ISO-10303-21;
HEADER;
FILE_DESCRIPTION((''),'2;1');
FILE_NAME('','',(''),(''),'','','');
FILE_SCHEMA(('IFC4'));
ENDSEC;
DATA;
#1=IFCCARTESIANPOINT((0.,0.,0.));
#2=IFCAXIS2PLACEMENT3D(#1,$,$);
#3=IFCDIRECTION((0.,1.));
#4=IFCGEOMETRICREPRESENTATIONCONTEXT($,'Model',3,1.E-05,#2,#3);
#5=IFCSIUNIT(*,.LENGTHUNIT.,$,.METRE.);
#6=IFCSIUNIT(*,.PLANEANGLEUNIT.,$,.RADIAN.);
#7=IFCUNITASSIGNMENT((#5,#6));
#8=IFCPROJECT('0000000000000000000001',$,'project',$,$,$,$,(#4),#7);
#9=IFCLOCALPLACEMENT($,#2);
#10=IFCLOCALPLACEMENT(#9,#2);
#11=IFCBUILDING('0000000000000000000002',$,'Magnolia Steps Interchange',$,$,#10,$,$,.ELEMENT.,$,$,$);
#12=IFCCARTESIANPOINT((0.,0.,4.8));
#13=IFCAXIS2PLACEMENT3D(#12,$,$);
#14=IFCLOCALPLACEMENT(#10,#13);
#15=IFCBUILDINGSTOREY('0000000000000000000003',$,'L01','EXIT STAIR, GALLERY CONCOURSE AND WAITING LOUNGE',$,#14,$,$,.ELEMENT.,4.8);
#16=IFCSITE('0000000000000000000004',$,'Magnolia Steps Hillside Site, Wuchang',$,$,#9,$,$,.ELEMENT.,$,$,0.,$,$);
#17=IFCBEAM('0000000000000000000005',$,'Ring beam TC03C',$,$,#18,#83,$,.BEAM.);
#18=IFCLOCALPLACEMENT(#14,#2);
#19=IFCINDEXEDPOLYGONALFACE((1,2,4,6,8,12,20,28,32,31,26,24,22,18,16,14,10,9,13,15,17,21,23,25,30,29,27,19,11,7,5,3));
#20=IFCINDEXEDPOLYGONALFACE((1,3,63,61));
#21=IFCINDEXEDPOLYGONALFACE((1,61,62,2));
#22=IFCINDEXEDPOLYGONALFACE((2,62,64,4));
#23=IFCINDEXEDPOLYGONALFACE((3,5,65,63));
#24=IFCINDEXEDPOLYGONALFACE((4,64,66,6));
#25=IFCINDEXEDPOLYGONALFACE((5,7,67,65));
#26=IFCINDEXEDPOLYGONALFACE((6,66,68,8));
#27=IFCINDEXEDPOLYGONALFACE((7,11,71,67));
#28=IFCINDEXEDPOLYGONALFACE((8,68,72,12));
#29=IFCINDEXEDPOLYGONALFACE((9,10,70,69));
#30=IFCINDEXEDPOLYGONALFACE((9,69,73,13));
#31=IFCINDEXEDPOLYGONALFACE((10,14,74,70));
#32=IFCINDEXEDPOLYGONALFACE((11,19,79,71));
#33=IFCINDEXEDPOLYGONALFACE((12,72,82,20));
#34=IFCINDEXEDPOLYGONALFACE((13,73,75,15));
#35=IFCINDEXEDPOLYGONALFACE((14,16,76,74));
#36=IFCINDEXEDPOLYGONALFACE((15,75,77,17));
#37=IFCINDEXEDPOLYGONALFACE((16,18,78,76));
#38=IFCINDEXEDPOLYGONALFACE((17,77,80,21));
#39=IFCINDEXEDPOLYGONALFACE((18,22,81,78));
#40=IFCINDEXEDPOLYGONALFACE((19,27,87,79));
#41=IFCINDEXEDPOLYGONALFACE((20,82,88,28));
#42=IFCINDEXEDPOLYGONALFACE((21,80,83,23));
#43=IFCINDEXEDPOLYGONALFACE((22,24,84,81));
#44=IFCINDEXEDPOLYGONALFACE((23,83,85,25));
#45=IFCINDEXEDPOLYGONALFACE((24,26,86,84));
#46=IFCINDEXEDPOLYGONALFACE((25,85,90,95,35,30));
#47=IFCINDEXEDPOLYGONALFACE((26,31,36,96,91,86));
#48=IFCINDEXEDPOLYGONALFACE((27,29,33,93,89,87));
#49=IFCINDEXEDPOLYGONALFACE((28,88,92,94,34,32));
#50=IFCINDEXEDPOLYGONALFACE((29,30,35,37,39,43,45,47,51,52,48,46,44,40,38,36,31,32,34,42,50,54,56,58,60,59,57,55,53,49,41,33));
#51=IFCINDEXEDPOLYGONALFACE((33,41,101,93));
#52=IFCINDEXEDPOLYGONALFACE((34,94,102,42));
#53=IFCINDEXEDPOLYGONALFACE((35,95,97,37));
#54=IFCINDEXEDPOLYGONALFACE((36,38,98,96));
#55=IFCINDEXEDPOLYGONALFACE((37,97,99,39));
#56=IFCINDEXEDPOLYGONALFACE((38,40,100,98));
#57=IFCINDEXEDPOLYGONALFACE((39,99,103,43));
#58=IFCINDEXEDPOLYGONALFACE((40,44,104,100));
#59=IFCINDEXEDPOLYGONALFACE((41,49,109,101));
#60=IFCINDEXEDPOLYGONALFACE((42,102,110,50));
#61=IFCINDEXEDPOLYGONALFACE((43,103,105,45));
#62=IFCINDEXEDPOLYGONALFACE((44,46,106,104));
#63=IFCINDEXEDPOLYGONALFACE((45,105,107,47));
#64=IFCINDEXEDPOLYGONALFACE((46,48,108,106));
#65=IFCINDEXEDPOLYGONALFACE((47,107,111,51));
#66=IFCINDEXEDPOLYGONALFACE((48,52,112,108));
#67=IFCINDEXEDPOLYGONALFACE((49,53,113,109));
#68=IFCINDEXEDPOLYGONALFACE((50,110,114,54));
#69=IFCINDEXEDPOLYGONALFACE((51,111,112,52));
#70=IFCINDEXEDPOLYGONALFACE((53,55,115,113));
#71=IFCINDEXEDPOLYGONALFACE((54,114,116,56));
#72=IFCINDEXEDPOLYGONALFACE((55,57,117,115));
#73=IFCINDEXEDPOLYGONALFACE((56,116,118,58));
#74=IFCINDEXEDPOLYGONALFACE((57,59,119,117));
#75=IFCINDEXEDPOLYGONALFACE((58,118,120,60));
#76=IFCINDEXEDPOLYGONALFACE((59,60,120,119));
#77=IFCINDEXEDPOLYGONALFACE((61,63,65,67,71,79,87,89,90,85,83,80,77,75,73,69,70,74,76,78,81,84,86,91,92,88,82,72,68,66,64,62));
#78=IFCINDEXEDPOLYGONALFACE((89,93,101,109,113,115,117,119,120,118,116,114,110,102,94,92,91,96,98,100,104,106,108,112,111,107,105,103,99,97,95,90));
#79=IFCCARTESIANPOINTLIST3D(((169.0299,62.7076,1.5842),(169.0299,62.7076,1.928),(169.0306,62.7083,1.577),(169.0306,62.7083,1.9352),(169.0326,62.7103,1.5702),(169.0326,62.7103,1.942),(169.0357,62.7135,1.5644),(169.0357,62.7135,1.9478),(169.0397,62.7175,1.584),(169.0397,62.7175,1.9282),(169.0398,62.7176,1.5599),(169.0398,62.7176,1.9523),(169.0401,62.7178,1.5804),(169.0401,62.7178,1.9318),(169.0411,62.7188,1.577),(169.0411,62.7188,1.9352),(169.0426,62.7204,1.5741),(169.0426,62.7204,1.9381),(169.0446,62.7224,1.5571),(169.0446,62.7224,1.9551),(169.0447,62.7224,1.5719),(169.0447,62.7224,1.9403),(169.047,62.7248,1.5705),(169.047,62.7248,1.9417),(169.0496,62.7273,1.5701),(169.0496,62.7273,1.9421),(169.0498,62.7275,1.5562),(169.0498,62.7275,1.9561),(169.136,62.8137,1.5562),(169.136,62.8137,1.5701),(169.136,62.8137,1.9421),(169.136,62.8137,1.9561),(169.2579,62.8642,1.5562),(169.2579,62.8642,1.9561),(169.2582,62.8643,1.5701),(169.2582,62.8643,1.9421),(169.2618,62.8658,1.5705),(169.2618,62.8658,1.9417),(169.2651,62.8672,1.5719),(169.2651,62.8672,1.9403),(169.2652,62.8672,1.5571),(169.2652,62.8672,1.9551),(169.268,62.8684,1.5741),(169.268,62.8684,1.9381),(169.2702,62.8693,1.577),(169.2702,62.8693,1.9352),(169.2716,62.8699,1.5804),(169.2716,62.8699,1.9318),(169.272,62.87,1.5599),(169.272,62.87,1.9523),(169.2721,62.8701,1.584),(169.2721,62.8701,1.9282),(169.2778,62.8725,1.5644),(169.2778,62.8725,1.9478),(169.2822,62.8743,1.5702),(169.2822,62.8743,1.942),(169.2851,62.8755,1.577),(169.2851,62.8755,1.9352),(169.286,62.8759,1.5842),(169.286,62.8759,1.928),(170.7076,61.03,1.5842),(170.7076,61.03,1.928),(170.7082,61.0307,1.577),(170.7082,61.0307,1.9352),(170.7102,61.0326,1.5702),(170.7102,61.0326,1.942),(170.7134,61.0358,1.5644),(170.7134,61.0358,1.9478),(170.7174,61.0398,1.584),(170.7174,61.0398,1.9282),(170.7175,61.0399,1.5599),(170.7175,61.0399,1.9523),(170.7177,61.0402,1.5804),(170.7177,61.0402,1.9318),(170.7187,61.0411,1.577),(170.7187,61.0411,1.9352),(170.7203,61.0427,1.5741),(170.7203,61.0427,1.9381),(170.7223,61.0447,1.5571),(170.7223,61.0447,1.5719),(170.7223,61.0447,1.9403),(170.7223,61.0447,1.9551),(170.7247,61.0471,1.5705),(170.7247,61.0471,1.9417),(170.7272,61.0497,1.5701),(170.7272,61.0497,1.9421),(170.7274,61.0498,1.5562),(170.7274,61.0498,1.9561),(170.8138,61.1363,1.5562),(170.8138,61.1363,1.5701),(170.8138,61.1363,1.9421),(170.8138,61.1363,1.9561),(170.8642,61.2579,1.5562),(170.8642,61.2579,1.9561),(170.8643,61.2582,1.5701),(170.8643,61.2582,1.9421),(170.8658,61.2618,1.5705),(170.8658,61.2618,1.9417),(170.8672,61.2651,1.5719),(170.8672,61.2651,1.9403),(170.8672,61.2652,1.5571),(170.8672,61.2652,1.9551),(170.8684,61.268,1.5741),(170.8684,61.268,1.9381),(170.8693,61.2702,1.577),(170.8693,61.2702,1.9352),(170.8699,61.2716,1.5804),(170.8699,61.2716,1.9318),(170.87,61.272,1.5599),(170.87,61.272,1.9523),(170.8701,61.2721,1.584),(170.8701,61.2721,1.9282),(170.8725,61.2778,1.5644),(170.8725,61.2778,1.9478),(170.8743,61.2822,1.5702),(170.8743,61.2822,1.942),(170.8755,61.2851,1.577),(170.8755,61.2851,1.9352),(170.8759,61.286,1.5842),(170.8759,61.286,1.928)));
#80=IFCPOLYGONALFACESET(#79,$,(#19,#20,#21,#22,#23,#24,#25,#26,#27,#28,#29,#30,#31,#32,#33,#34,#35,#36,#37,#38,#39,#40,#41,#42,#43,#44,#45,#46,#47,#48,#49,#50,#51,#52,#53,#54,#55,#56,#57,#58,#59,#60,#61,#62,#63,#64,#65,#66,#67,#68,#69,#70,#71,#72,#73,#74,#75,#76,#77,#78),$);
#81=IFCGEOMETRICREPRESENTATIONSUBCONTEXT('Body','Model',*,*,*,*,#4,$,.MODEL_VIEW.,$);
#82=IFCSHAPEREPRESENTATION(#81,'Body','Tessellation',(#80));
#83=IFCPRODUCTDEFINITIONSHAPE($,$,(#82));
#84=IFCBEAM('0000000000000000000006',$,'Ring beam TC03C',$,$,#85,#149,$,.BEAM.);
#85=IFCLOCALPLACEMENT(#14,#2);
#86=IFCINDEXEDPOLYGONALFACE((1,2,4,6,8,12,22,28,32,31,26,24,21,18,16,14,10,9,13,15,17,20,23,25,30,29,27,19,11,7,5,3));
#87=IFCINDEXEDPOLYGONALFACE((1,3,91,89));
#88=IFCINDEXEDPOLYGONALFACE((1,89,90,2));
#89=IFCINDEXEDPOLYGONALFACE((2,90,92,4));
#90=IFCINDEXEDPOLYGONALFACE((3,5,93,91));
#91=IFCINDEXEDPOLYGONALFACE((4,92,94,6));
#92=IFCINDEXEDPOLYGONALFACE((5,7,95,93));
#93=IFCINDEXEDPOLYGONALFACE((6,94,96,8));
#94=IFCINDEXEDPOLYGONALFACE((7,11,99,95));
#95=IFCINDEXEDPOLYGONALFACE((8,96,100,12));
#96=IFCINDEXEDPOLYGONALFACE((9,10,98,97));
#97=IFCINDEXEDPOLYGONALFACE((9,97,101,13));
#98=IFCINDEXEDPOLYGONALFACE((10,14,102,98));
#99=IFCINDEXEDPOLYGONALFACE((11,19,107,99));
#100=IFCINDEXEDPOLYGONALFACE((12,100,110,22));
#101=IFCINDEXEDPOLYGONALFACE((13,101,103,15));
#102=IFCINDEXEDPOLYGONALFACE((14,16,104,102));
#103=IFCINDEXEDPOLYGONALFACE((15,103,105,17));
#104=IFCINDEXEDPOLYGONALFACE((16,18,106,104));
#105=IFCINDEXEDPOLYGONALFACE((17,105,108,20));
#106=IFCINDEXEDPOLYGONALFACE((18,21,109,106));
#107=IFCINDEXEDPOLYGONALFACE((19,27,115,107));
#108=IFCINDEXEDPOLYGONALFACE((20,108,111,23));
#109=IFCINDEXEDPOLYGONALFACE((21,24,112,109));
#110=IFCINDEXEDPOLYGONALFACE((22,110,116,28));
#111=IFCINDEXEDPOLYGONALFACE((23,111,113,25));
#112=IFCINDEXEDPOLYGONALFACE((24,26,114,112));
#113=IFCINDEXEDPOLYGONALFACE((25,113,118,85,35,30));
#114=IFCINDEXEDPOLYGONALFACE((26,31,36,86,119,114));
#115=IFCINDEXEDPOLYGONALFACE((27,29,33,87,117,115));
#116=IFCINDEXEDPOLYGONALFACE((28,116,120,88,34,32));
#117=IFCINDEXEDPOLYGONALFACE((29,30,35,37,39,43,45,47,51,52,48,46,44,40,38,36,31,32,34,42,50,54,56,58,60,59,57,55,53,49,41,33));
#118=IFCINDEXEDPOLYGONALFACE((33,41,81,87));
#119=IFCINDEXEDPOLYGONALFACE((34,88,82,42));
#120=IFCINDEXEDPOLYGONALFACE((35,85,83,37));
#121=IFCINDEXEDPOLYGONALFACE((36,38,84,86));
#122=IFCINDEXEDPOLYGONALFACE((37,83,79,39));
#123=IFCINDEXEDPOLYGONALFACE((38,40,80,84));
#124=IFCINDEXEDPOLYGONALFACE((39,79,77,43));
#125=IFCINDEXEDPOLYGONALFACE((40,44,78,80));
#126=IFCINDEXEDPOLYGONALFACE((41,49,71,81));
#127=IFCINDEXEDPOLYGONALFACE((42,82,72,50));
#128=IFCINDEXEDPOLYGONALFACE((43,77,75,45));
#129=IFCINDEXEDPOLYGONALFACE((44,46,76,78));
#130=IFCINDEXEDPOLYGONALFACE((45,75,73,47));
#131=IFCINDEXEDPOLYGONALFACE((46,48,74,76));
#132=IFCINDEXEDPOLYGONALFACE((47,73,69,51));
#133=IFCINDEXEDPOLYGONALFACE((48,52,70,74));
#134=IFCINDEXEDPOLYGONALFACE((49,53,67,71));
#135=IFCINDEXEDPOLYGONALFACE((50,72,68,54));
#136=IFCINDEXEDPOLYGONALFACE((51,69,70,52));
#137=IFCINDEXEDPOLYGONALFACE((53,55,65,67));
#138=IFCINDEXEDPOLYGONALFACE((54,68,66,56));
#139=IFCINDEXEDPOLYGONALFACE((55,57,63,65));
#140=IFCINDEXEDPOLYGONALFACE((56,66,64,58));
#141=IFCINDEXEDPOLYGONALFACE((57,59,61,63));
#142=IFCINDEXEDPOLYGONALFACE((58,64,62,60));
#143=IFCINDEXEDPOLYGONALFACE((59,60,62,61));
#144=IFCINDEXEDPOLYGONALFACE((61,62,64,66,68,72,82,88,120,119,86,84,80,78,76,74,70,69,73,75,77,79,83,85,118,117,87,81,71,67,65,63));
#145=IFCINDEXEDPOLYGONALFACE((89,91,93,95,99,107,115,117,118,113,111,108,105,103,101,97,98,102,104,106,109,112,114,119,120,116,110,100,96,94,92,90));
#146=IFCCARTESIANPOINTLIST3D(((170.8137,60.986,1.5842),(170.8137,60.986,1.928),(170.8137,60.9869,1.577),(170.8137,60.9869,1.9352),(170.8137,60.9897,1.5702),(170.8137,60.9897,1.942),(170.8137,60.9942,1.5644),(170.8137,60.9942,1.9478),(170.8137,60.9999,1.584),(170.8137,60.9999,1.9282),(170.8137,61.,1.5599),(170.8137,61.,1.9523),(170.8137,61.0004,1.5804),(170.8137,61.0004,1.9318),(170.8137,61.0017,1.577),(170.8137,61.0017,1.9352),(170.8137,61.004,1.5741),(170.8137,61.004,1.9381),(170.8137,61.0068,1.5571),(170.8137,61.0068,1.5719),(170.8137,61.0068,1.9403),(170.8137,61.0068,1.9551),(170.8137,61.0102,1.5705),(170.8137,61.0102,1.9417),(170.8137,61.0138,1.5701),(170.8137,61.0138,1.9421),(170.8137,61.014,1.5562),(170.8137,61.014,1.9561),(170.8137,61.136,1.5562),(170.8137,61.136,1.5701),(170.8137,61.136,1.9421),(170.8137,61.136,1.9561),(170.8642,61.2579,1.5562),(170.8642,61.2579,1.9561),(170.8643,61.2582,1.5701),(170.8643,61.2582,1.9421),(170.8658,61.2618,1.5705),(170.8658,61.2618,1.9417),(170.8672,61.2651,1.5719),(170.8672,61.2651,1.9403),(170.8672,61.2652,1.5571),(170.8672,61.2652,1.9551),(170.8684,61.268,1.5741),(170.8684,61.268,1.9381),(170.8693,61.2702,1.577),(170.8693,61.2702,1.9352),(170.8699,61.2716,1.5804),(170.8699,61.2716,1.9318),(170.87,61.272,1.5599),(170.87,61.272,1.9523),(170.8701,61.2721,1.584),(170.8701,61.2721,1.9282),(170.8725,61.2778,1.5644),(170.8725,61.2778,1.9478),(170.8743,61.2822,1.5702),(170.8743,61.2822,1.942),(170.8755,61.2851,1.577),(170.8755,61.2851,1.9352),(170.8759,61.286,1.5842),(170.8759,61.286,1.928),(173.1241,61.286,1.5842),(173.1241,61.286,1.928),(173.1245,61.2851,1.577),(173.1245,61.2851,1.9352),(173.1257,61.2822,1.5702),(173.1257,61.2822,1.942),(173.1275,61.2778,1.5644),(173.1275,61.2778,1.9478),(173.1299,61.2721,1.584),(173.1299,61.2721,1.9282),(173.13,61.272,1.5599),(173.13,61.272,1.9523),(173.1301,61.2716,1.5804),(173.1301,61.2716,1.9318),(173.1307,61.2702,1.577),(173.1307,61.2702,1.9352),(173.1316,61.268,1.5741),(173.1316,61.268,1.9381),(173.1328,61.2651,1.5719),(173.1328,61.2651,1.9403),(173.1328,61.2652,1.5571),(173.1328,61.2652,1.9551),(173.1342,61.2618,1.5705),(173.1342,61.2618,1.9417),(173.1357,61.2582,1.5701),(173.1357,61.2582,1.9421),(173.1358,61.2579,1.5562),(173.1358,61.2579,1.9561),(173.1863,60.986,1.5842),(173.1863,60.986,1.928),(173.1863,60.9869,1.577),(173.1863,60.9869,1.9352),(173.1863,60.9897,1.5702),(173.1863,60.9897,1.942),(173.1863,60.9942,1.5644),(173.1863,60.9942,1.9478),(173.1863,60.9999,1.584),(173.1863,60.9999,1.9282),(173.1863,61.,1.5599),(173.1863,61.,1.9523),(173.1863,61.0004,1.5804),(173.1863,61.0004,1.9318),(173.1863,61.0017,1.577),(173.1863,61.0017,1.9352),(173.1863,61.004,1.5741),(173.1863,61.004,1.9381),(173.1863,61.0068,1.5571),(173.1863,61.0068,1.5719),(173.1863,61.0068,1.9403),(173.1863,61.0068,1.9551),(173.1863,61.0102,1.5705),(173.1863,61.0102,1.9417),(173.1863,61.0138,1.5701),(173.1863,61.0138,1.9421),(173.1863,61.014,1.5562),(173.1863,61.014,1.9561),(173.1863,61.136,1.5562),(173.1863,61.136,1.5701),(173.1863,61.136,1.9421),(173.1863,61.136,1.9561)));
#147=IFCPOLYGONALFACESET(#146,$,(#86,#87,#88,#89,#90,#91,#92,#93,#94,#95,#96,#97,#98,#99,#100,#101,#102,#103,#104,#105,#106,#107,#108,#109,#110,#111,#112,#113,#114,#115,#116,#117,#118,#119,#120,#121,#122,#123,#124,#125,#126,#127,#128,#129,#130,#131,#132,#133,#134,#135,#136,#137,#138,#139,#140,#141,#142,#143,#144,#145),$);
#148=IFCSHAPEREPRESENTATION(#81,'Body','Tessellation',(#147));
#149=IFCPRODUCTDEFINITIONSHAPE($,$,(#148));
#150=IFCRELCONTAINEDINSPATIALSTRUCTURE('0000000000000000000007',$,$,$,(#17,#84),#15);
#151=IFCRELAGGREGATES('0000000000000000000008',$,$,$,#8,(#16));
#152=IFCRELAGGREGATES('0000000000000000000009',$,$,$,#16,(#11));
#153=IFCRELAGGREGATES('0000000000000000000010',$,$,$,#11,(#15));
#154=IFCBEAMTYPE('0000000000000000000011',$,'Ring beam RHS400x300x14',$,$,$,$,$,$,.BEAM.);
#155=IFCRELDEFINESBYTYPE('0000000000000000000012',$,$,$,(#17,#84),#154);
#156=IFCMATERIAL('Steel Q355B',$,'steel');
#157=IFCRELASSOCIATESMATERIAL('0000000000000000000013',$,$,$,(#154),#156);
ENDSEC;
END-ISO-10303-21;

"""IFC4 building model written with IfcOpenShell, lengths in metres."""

from ifc_helpers import new_model, si_unit, direction, frame, origin, origin_2d, place, context, subcontext, project, spatial, hollow_rectangle, extrude, clip, halfspace, material, material_profile, profile_set, type_object, element, save


model = new_model("IFC4")

# Units and contexts
model_context = context("Model", 3, precision=1e-05, world=origin(), true_north=direction((0.0, 1.0)))
body_context = subcontext(model_context, "Body", "Model", "MODEL_VIEW")
ifc_project = project(units=[si_unit("LENGTHUNIT", "METRE"), si_unit("PLANEANGLEUNIT", "RADIAN")], contexts=[model_context])

# Site, building, storey
site_placement = place(None, origin())
site = spatial("IfcSite", under=ifc_project, at=site_placement, Name="Magnolia Steps Hillside Site, Wuchang", CompositionType="ELEMENT", RefElevation=0.0)
building_placement = place(site_placement, origin())
building = spatial("IfcBuilding", under=site, at=building_placement, Name="Magnolia Steps Interchange", CompositionType="ELEMENT")
storey_placement = place(building_placement, frame((0.0, 0.0, 4.8)))
storey = spatial("IfcBuildingStorey", under=building, at=storey_placement, Name="L01", Description="EXIT STAIR, GALLERY CONCOURSE AND WAITING LOUNGE", CompositionType="ELEMENT", Elevation=4.8)

# Beams
ifc_material_1 = material(Name="Steel Q355B", Category="steel")
ifc_material_profile_1 = material_profile(ifc_material_1, hollow_rectangle(XDim=0.3, YDim=0.3999, WallThickness=0.0139, InnerFilletRadius=0.0139, OuterFilletRadius=0.0281, at=origin_2d()), Name="RHS400x300x14")
ifc_profile_set_1 = profile_set([ifc_material_profile_1], Name="Steel Q355B")
beam_type_1 = type_object("IfcBeamType", Name="Ring beam RHS400x300x14", PredefinedType="BEAM", material=ifc_profile_set_1)
beam_1_placement = place(storey_placement, frame((169.136, 62.8137, 1.7561), z_axis=(0.707107, -0.707107, 0.0), x_axis=(0.707107, 0.707107, 0.0)))
element("IfcBeam", 1, at=beam_1_placement, inside=storey, type_object=beam_type_1, Name="Ring beam TC03C", PredefinedType="BEAM", context=body_context, shape_type="Clipping", body=[
    clip(clip(extrude(hollow_rectangle(XDim=0.3, YDim=0.3999, WallThickness=0.0139, InnerFilletRadius=0.0139, OuterFilletRadius=0.0281, at=origin_2d()), origin(), (0.0, 0.0, 1.0), 2.3726), halfspace(frame((0.0, 0.0, 0.0), z_axis=(0.382683, 0.0, -0.92388), x_axis=(0.92388, 0.0, 0.382683)), False)), halfspace(frame((0.0, 0.0, 2.3727), z_axis=(0.382683, 0.0, 0.92388), x_axis=(0.92388, 0.0, -0.382683)), False)),
])
beam_2_placement = place(storey_placement, frame((170.8137, 61.136, 1.7561), z_axis=(1.0, 0.0, 0.0), x_axis=(0.0, 1.0, 0.0)))
element("IfcBeam", 2, at=beam_2_placement, inside=storey, type_object=beam_type_1, Name="Ring beam TC03C", PredefinedType="BEAM", context=body_context, shape_type="Clipping", body=[
    clip(clip(extrude(hollow_rectangle(XDim=0.3, YDim=0.3999, WallThickness=0.0139, InnerFilletRadius=0.0139, OuterFilletRadius=0.0281, at=origin_2d()), origin(), (0.0, 0.0, 1.0), 2.3726), halfspace(frame((0.0, 0.0, 0.0), z_axis=(0.382683, 0.0, -0.92388), x_axis=(0.92388, 0.0, 0.382683)), False)), halfspace(frame((0.0, 0.0, 2.3726), z_axis=(0.382683, 0.0, 0.92388), x_axis=(0.92388, 0.0, -0.382683)), False)),
])

save(model, "model.ifc")
